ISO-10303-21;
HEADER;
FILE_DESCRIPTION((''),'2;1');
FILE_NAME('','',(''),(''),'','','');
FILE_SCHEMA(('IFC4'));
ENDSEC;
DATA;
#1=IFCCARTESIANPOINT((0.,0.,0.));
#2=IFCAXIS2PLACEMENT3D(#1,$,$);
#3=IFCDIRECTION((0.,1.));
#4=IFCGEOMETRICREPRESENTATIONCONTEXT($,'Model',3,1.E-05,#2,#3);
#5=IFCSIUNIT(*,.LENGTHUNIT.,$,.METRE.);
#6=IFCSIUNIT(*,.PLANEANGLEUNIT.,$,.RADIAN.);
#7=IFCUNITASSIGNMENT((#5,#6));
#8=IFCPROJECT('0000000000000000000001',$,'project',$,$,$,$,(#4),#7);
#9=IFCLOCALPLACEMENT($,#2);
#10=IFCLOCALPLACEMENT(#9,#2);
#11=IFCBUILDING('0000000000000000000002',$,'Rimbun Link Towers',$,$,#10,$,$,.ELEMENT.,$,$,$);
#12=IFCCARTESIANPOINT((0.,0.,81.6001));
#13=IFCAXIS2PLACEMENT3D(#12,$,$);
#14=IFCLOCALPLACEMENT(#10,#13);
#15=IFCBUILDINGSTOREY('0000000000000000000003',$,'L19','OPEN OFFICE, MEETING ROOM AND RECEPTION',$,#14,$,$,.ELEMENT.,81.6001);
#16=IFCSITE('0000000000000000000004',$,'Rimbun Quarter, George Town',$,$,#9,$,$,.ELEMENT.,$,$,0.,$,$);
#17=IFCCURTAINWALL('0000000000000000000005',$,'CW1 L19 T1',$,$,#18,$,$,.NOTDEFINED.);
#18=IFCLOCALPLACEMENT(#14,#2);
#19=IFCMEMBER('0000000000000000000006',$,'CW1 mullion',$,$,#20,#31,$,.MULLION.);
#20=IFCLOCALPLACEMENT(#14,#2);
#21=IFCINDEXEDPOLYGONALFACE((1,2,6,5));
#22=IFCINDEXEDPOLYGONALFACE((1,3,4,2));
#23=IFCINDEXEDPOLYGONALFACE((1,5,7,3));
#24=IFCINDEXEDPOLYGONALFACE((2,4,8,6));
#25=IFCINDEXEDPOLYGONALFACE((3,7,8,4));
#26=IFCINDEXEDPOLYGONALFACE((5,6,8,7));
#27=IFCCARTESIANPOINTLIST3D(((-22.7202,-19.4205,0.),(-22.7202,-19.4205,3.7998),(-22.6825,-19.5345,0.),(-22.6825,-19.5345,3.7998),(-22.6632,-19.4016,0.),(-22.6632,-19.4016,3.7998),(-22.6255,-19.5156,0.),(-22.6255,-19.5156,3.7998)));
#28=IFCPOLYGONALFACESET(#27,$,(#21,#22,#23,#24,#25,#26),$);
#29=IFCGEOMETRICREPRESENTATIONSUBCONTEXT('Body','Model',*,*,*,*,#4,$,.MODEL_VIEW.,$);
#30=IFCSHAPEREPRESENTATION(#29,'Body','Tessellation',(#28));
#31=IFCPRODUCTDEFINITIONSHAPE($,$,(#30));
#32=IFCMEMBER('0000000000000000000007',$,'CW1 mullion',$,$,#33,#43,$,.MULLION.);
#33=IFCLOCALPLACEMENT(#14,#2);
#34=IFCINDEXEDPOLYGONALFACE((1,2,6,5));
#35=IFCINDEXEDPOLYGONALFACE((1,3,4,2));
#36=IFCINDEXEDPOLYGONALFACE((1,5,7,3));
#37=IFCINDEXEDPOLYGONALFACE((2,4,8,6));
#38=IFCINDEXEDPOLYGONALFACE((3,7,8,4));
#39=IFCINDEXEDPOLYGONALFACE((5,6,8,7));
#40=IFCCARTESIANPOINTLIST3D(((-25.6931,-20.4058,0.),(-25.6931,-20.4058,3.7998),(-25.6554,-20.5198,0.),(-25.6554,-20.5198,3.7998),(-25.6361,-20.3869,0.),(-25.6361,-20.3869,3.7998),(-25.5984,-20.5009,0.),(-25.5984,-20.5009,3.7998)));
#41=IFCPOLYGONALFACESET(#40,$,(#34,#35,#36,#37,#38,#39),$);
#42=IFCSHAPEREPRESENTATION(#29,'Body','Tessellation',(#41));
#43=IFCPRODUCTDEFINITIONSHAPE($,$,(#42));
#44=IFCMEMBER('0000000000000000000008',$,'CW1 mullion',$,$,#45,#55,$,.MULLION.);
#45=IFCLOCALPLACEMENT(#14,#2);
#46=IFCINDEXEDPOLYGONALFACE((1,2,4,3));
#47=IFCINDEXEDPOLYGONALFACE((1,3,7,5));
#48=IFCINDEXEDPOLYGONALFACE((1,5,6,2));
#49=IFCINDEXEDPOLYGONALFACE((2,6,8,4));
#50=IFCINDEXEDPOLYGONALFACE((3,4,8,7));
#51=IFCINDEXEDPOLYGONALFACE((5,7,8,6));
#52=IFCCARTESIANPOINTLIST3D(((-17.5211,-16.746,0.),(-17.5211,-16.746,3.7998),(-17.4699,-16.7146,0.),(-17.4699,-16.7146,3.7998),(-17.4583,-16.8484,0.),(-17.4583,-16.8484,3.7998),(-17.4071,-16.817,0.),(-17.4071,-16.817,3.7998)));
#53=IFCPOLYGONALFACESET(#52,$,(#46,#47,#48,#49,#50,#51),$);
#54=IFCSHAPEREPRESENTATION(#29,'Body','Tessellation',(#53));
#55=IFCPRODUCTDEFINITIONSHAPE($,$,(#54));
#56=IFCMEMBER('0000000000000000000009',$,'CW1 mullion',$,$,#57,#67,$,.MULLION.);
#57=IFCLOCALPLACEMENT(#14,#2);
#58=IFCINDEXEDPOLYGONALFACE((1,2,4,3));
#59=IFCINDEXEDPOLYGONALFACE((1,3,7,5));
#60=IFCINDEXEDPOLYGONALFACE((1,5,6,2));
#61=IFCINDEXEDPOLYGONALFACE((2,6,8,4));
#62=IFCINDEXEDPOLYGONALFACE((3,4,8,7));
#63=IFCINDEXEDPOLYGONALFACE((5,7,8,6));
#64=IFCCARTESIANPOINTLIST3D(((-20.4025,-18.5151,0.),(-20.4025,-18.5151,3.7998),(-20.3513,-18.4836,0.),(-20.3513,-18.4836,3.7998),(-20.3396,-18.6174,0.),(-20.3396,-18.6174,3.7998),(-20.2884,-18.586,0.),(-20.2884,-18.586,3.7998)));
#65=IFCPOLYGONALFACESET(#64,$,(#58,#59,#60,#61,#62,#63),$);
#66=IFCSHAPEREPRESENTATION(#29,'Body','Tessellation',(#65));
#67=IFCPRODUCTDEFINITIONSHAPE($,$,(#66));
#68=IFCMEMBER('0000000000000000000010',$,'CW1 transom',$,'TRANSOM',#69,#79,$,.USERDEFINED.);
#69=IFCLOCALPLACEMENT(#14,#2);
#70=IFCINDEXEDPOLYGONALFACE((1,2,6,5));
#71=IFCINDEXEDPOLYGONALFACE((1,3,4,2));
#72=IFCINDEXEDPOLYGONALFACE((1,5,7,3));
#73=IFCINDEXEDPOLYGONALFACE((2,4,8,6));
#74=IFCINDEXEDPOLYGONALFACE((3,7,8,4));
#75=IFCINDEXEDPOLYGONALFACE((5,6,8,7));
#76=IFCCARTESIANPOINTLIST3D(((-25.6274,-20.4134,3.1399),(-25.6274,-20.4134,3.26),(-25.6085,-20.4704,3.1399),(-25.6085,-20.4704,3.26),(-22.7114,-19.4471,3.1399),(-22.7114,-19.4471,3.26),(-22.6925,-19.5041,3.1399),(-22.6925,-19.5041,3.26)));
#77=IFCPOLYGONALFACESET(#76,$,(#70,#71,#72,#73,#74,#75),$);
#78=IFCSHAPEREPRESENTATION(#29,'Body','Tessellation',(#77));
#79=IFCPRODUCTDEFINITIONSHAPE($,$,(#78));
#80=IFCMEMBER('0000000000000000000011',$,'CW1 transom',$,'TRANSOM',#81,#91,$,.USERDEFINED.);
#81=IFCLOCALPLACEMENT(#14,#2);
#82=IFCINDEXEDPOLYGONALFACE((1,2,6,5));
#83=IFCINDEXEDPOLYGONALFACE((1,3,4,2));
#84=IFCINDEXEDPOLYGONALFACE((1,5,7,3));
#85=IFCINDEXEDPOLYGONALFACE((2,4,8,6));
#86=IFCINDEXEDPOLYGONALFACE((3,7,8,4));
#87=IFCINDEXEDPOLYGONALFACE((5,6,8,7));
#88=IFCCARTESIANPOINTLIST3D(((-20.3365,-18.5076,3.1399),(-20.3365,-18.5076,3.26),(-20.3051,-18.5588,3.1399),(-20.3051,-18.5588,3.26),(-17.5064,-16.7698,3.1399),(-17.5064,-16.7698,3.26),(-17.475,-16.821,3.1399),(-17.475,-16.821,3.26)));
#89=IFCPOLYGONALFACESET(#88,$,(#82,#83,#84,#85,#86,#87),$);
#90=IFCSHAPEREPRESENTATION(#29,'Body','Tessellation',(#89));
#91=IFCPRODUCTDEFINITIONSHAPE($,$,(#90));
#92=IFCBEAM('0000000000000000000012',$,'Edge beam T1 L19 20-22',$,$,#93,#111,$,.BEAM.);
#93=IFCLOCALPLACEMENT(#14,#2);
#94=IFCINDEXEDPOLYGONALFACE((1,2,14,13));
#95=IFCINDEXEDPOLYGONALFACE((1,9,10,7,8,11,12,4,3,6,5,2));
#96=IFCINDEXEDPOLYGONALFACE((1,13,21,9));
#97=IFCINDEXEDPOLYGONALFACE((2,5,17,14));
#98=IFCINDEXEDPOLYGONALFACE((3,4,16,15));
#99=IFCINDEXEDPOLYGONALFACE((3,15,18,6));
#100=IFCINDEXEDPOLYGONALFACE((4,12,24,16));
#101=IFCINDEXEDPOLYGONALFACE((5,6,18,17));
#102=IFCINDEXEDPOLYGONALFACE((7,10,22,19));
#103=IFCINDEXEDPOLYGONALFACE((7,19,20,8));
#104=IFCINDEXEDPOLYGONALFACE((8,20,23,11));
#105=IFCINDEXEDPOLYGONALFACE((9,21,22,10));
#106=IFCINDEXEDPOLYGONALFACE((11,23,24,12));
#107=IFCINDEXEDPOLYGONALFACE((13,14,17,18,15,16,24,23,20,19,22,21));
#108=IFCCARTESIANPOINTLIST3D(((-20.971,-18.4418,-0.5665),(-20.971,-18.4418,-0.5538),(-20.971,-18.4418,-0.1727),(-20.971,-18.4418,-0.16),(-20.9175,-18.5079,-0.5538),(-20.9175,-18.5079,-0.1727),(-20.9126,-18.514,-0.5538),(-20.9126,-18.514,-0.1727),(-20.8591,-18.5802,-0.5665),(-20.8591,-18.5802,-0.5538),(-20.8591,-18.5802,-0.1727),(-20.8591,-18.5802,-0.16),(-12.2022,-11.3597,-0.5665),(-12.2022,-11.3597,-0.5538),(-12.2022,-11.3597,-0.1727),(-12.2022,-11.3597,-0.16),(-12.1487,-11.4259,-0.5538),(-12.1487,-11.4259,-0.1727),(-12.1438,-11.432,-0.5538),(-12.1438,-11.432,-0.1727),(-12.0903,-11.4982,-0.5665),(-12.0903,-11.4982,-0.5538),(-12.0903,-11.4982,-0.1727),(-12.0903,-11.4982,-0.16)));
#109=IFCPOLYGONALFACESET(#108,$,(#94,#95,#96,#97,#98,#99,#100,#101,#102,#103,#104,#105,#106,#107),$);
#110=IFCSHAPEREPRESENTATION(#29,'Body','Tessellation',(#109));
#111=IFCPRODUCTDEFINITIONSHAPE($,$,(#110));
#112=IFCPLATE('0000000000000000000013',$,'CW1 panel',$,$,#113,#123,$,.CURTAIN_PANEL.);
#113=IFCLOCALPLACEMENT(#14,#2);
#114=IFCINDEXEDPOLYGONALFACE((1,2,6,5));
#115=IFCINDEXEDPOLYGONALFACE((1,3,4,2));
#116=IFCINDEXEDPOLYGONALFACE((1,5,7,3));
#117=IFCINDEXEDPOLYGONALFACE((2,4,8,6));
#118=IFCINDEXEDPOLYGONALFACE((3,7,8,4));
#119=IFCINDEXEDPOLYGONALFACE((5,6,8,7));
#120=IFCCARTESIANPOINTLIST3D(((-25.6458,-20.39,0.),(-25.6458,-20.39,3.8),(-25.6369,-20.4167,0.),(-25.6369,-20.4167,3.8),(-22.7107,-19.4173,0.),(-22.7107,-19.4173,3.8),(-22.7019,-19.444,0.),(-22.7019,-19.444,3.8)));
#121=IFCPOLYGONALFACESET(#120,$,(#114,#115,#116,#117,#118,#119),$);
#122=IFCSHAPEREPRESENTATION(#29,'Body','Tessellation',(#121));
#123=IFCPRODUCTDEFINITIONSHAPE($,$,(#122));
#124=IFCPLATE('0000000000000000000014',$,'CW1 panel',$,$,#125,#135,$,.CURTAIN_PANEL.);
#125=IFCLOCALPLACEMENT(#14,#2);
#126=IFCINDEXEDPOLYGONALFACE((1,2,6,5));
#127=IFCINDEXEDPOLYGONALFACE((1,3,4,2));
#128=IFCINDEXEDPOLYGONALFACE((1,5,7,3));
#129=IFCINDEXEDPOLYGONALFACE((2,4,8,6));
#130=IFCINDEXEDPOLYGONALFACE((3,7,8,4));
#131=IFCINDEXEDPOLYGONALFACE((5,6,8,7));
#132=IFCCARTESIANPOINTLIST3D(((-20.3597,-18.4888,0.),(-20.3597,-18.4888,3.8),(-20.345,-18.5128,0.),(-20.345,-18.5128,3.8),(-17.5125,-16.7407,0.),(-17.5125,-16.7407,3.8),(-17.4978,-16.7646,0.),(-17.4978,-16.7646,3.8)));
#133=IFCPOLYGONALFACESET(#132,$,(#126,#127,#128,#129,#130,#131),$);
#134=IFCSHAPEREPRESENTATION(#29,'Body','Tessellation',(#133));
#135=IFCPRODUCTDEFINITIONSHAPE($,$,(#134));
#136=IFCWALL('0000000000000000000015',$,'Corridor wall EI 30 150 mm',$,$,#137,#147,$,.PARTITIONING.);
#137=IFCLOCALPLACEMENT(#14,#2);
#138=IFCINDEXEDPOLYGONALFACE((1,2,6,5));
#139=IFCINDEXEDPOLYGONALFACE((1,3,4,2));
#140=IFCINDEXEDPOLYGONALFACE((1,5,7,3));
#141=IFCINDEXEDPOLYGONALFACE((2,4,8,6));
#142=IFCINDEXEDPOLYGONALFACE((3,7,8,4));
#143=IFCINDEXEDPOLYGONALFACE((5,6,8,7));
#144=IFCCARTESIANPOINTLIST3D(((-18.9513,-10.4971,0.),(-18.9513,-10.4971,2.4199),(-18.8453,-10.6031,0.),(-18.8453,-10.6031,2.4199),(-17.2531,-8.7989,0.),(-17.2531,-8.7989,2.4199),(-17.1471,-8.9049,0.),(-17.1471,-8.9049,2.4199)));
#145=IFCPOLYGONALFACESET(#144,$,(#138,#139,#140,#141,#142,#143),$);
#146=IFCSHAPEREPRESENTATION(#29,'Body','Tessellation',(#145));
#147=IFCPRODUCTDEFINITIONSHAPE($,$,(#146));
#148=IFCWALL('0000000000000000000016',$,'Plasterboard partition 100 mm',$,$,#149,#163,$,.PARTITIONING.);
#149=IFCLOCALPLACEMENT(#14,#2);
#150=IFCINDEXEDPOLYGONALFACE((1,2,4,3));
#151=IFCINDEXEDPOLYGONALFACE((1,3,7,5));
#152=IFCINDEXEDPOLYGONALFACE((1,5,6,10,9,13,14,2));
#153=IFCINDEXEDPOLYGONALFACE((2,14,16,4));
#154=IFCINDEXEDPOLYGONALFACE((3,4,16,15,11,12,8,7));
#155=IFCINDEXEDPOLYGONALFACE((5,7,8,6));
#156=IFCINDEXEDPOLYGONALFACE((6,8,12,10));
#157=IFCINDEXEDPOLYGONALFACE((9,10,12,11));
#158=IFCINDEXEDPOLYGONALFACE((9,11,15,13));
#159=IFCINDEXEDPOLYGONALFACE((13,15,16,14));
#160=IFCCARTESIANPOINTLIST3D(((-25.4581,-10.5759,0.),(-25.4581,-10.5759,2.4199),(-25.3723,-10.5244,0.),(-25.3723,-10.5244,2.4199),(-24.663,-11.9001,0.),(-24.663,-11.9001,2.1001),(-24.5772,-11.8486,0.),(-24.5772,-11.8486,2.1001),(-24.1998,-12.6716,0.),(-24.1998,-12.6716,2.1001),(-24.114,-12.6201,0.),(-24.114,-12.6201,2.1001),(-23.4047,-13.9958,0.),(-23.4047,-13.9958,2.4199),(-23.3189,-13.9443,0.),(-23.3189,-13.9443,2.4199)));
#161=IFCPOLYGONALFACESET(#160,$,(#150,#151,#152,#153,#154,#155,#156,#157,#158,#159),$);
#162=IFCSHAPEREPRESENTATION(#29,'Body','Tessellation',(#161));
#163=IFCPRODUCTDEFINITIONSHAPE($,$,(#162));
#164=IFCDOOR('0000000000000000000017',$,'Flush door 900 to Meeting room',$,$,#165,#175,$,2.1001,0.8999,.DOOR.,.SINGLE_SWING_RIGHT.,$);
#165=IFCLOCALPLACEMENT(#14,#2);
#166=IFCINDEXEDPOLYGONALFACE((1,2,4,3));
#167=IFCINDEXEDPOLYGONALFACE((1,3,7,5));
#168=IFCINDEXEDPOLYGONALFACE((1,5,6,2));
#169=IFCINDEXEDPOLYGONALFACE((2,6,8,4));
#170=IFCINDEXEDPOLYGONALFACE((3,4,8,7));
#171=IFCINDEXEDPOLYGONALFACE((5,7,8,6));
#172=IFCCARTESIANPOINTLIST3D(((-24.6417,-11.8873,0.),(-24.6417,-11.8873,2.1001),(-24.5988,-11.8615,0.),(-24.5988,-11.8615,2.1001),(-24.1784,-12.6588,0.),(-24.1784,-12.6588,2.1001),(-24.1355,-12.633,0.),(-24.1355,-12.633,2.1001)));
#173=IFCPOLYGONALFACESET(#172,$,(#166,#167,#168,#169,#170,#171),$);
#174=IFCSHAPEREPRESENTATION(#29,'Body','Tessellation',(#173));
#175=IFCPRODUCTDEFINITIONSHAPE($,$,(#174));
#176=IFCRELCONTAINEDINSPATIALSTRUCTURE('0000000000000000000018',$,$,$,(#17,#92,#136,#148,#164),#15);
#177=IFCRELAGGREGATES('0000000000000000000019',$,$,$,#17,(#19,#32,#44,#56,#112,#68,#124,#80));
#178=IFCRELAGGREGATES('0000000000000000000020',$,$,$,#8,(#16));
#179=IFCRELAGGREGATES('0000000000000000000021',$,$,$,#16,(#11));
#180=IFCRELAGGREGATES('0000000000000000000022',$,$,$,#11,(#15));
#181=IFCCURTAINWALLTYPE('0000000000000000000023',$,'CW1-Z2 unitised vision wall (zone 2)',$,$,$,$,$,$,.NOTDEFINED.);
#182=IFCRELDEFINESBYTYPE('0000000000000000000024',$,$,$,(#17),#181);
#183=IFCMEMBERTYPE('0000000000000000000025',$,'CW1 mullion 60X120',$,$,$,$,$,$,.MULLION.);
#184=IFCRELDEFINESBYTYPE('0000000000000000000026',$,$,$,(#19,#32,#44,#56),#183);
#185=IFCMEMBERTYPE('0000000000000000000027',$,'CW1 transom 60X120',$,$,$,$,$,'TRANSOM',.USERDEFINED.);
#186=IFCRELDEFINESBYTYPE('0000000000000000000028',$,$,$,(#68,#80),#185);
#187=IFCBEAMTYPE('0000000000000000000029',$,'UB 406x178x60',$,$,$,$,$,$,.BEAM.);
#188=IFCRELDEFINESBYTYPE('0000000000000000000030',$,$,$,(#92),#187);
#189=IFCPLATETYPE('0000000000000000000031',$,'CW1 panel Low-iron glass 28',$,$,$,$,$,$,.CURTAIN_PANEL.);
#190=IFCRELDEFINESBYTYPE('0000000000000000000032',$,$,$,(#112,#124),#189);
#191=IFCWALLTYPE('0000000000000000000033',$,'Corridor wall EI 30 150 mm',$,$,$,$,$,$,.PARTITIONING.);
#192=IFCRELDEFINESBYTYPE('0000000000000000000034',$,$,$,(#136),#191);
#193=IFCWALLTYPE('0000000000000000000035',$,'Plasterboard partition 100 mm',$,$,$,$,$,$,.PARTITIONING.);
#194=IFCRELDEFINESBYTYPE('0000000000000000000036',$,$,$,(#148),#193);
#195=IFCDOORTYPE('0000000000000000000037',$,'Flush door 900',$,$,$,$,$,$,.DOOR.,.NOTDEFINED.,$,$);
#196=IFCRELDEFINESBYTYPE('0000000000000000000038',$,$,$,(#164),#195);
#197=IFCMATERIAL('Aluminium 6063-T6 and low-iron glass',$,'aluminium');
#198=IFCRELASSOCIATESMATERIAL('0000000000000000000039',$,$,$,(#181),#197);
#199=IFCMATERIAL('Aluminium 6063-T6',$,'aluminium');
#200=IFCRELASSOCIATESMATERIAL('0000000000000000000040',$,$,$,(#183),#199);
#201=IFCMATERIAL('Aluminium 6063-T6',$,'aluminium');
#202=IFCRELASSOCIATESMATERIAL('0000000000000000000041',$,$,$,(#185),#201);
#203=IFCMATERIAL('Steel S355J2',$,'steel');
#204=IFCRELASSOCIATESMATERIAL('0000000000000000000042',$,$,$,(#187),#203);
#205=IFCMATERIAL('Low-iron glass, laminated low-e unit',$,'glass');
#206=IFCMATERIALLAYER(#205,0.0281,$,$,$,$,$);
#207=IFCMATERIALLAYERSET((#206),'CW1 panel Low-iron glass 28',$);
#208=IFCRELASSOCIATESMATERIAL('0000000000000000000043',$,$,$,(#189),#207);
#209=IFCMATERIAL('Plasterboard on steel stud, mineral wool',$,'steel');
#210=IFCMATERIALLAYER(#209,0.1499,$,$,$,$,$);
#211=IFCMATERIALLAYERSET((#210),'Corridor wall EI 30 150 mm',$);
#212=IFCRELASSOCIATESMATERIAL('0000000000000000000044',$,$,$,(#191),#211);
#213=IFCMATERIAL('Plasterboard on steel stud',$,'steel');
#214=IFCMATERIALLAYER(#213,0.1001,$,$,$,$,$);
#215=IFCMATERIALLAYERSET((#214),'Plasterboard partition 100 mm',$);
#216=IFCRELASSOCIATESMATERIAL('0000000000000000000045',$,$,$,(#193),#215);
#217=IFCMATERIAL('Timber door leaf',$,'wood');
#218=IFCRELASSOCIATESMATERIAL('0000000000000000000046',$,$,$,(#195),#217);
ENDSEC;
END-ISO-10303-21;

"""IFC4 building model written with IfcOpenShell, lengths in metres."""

from ifc_helpers import new_model, si_unit, direction, frame, frame_2d, origin, origin_2d, place, context, subcontext, project, spatial, rectangle, i_section, extrude, material, layer, layer_set, material_profile, profile_set, type_object, element, fill, aggregate, save


model = new_model("IFC4")

# Units and contexts
model_context = context("Model", 3, precision=1e-05, world=origin(), true_north=direction((0.0, 1.0)))
body_context = subcontext(model_context, "Body", "Model", "MODEL_VIEW")
ifc_project = project(units=[si_unit("LENGTHUNIT", "METRE"), si_unit("PLANEANGLEUNIT", "RADIAN")], contexts=[model_context])

# Site, building, storey
site_placement = place(None, origin())
site = spatial("IfcSite", under=ifc_project, at=site_placement, Name="Rimbun Quarter, George Town", CompositionType="ELEMENT", RefElevation=0.0)
building_placement = place(site_placement, origin())
building = spatial("IfcBuilding", under=site, at=building_placement, Name="Rimbun Link Towers", CompositionType="ELEMENT")
storey_placement = place(building_placement, frame((0.0, 0.0, 81.6001)))
storey = spatial("IfcBuildingStorey", under=building, at=storey_placement, Name="L19", Description="OPEN OFFICE, MEETING ROOM AND RECEPTION", CompositionType="ELEMENT", Elevation=81.6001)

# Curtain wall, members
ifc_material_1 = material(Name="Aluminium 6063-T6 and low-iron glass", Category="aluminium")
curtain_wall_type = type_object("IfcCurtainWallType", Name="CW1-Z2 unitised vision wall (zone 2)", PredefinedType="NOTDEFINED", material=ifc_material_1)
curtain_wall_placement = place(storey_placement, origin())
curtain_wall = element("IfcCurtainWall", 1, at=curtain_wall_placement, inside=storey, type_object=curtain_wall_type, Name="CW1 L19 T1", PredefinedType="NOTDEFINED")
ifc_material_2 = material(Name="Aluminium 6063-T6", Category="aluminium")
ifc_material_profile_1 = material_profile(ifc_material_2, rectangle(XDim=0.1201, YDim=0.0601, at=origin_2d()), Name="MULLION 60X120")
ifc_profile_set_1 = profile_set([ifc_material_profile_1], Name="Aluminium 6063-T6")
member_type_1 = type_object("IfcMemberType", Name="CW1 mullion 60X120", PredefinedType="MULLION", material=ifc_profile_set_1)
member_1_placement = place(storey_placement, frame((-22.6729, -19.468, 0.0), z_axis=(0.0, 0.0, 1.0), x_axis=(0.314576, -0.949232, 0.0)))
member_1 = element("IfcMember", 2, at=member_1_placement, type_object=member_type_1, Name="CW1 mullion", PredefinedType="MULLION", context=body_context, shape_type="SweptSolid", body=[
    extrude(rectangle(XDim=0.1201, YDim=0.0601, at=origin_2d()), origin(), (0.0, 0.0, 1.0), 3.7998),
])
member_2_placement = place(storey_placement, frame((-25.6458, -20.4534, 0.0), z_axis=(0.0, 0.0, 1.0), x_axis=(0.314576, -0.949232, 0.0)))
member_2 = element("IfcMember", 3, at=member_2_placement, type_object=member_type_1, Name="CW1 mullion", PredefinedType="MULLION", context=body_context, shape_type="SweptSolid", body=[
    extrude(rectangle(XDim=0.1201, YDim=0.0601, at=origin_2d()), origin(), (0.0, 0.0, 1.0), 3.7998),
])
member_3_placement = place(storey_placement, frame((-17.4641, -16.7815, 0.0), z_axis=(0.0, 0.0, 1.0), x_axis=(0.523237, -0.852187, 0.0)))
member_3 = element("IfcMember", 4, at=member_3_placement, type_object=member_type_1, Name="CW1 mullion", PredefinedType="MULLION", context=body_context, shape_type="SweptSolid", body=[
    extrude(rectangle(XDim=0.1201, YDim=0.0601, at=origin_2d()), origin(), (0.0, 0.0, 1.0), 3.7998),
])
member_4_placement = place(storey_placement, frame((-20.3455, -18.5505, 0.0), z_axis=(0.0, 0.0, 1.0), x_axis=(0.523237, -0.852187, 0.0)))
member_4 = element("IfcMember", 5, at=member_4_placement, type_object=member_type_1, Name="CW1 mullion", PredefinedType="MULLION", context=body_context, shape_type="SweptSolid", body=[
    extrude(rectangle(XDim=0.1201, YDim=0.0601, at=origin_2d()), origin(), (0.0, 0.0, 1.0), 3.7998),
])
ifc_material_3 = material(Name="Aluminium 6063-T6", Category="aluminium")
ifc_material_profile_2 = material_profile(ifc_material_3, rectangle(XDim=0.0601, YDim=0.1201, at=origin_2d()), Name="TRANSOM 60X120")
ifc_profile_set_2 = profile_set([ifc_material_profile_2], Name="Aluminium 6063-T6")
member_type_2 = type_object("IfcMemberType", Name="CW1 transom 60X120", ElementType="TRANSOM", PredefinedType="USERDEFINED", material=ifc_profile_set_2)
member_5_placement = place(storey_placement, frame((-22.7019, -19.4756, 3.2), z_axis=(-0.949238, -0.314558, 0.0), x_axis=(0.314558, -0.949238, 0.0)))
member_5 = element("IfcMember", 6, at=member_5_placement, type_object=member_type_2, Name="CW1 transom", ObjectType="TRANSOM", PredefinedType="USERDEFINED", context=body_context, shape_type="SweptSolid", body=[
    extrude(rectangle(XDim=0.0601, YDim=0.1201, at=origin_2d()), origin(), (0.0, 0.0, 1.0), 3.072),
])
member_6_placement = place(storey_placement, frame((-17.4907, -16.7954, 3.2), z_axis=(-0.852168, -0.523269, 0.0), x_axis=(0.523269, -0.852168, 0.0)))
member_6 = element("IfcMember", 7, at=member_6_placement, type_object=member_type_2, Name="CW1 transom", ObjectType="TRANSOM", PredefinedType="USERDEFINED", context=body_context, shape_type="SweptSolid", body=[
    extrude(rectangle(XDim=0.0601, YDim=0.1201, at=origin_2d()), origin(), (0.0, 0.0, 1.0), 3.321),
])

# Beam
ifc_material_4 = material(Name="Steel S355J2", Category="steel")
ifc_material_profile_3 = material_profile(ifc_material_4, i_section(OverallWidth=0.178, OverallDepth=0.4065, WebThickness=0.0078, FlangeThickness=0.0127, at=origin_2d()), Name="UB 406x178x60")
ifc_profile_set_3 = profile_set([ifc_material_profile_3], Name="Steel S355J2")
beam_type = type_object("IfcBeamType", Name="UB 406x178x60", PredefinedType="BEAM", material=ifc_profile_set_3)
beam_placement = place(storey_placement, frame((-20.915, -18.511, -0.3633), z_axis=(0.777961, 0.628312, 0.0), x_axis=(-0.628312, 0.777961, 0.0)))
element("IfcBeam", 8, at=beam_placement, inside=storey, type_object=beam_type, Name="Edge beam T1 L19 20-22", PredefinedType="BEAM", context=body_context, shape_type="SweptSolid", body=[
    extrude(i_section(OverallWidth=0.178, OverallDepth=0.4065, WebThickness=0.0078, FlangeThickness=0.0127, at=origin_2d()), origin(), (0.0, 0.0, 1.0), 11.2715),
])

# Plates
ifc_material_5 = material(Name="Low-iron glass, laminated low-e unit", Category="glass")
ifc_layer_1 = layer(ifc_material_5, 0.0281)
ifc_layer_set_1 = layer_set([ifc_layer_1], Name="CW1 panel Low-iron glass 28")
plate_type = type_object("IfcPlateType", Name="CW1 panel Low-iron glass 28", PredefinedType="CURTAIN_PANEL", material=ifc_layer_set_1)
plate_1_placement = place(storey_placement, frame((-24.1738, -19.917, 0.0), z_axis=(0.0, 0.0, 1.0), x_axis=(-0.949232, -0.314576, 0.0)))
plate_1 = element("IfcPlate", 9, at=plate_1_placement, type_object=plate_type, Name="CW1 panel", PredefinedType="CURTAIN_PANEL", context=body_context, shape_type="SweptSolid", body=[
    extrude(rectangle(XDim=3.092, YDim=0.0281, at=origin_2d()), origin(), (0.0, 0.0, 1.0), 3.8),
])
plate_2_placement = place(storey_placement, frame((-18.9287, -17.6267, 0.0), z_axis=(0.0, 0.0, 1.0), x_axis=(-0.852187, -0.523237, 0.0)))
plate_2 = element("IfcPlate", 10, at=plate_2_placement, type_object=plate_type, Name="CW1 panel", PredefinedType="CURTAIN_PANEL", context=body_context, shape_type="SweptSolid", body=[
    extrude(rectangle(XDim=3.3411, YDim=0.0281, at=origin_2d()), origin(), (0.0, 0.0, 1.0), 3.8),
])
aggregate(curtain_wall, [member_1, member_2, member_3, member_4, plate_1, member_5, plate_2, member_6])

# Wall
ifc_material_6 = material(Name="Plasterboard on steel stud, mineral wool", Category="steel")
ifc_layer_2 = layer(ifc_material_6, 0.1499)
ifc_layer_set_2 = layer_set([ifc_layer_2], Name="Corridor wall EI 30 150 mm")
wall_type_1 = type_object("IfcWallType", Name="Corridor wall EI 30 150 mm", PredefinedType="PARTITIONING", material=ifc_layer_set_2)
wall_1_placement = place(storey_placement, frame((-18.8982, -10.55, 0.0), z_axis=(0.0, 0.0, 1.0), x_axis=(0.707107, 0.707107, 0.0)))
element("IfcWall", 11, at=wall_1_placement, inside=storey, type_object=wall_type_1, Name="Corridor wall EI 30 150 mm", PredefinedType="PARTITIONING", context=body_context, shape_type="SweptSolid", body=[
    extrude(rectangle(XDim=2.4016, YDim=0.1499, at=frame_2d((1.2007, 0.0))), origin(), (0.0, 0.0, 1.0), 2.4199),
])

# Wall, opening, door
ifc_material_7 = material(Name="Plasterboard on steel stud", Category="steel")
ifc_layer_3 = layer(ifc_material_7, 0.1001)
ifc_layer_set_3 = layer_set([ifc_layer_3], Name="Plasterboard partition 100 mm")
wall_type_2 = type_object("IfcWallType", Name="Plasterboard partition 100 mm", PredefinedType="PARTITIONING", material=ifc_layer_set_3)
wall_2_placement = place(storey_placement, frame((-25.4153, -10.55, 0.0), z_axis=(0.0, 0.0, 1.0), x_axis=(0.514775, -0.857325, 0.0)))
wall_2 = element("IfcWall", 12, at=wall_2_placement, inside=storey, type_object=wall_type_2, Name="Plasterboard partition 100 mm", PredefinedType="PARTITIONING", context=body_context, shape_type="SweptSolid", body=[
    extrude(rectangle(XDim=3.989, YDim=0.1001, at=frame_2d((1.9946, 0.0))), origin(), (0.0, 0.0, 1.0), 2.4199),
])
opening_1_placement = place(wall_2_placement, frame((1.5447, 0.0, 0.0)))
opening_1 = element("IfcOpeningElement", 13, at=opening_1_placement, cuts=wall_2, PredefinedType="OPENING", context=body_context, shape_type="SweptSolid", body=[
    extrude(rectangle(XDim=0.8999, YDim=2.1001, at=frame_2d((0.45, 1.05))), frame((0.0, 0.0601, 0.0), z_axis=(0.0, -1.0, 0.0), x_axis=(1.0, 0.0, 0.0)), (0.0, 0.0, 1.0), 0.1201),
])
ifc_material_8 = material(Name="Timber door leaf", Category="wood")
door_type_1 = type_object("IfcDoorType", Name="Flush door 900", OperationType="NOTDEFINED", PredefinedType="DOOR", material=ifc_material_8)
door_1_placement = place(opening_1_placement, origin())
door_1 = element("IfcDoor", 14, at=door_1_placement, inside=storey, type_object=door_type_1, Name="Flush door 900 to Meeting room", OperationType="SINGLE_SWING_RIGHT", OverallHeight=2.1001, OverallWidth=0.8999, PredefinedType="DOOR", context=body_context, shape_type="SweptSolid", body=[
    extrude(rectangle(XDim=0.8999, YDim=2.1001, at=frame_2d((0.45, 1.05))), frame((0.0, 0.0249, 0.0), z_axis=(0.0, -1.0, 0.0), x_axis=(1.0, 0.0, 0.0)), (0.0, 0.0, 1.0), 0.05),
])
fill(opening_1, door_1)

save(model, "model.ifc")
